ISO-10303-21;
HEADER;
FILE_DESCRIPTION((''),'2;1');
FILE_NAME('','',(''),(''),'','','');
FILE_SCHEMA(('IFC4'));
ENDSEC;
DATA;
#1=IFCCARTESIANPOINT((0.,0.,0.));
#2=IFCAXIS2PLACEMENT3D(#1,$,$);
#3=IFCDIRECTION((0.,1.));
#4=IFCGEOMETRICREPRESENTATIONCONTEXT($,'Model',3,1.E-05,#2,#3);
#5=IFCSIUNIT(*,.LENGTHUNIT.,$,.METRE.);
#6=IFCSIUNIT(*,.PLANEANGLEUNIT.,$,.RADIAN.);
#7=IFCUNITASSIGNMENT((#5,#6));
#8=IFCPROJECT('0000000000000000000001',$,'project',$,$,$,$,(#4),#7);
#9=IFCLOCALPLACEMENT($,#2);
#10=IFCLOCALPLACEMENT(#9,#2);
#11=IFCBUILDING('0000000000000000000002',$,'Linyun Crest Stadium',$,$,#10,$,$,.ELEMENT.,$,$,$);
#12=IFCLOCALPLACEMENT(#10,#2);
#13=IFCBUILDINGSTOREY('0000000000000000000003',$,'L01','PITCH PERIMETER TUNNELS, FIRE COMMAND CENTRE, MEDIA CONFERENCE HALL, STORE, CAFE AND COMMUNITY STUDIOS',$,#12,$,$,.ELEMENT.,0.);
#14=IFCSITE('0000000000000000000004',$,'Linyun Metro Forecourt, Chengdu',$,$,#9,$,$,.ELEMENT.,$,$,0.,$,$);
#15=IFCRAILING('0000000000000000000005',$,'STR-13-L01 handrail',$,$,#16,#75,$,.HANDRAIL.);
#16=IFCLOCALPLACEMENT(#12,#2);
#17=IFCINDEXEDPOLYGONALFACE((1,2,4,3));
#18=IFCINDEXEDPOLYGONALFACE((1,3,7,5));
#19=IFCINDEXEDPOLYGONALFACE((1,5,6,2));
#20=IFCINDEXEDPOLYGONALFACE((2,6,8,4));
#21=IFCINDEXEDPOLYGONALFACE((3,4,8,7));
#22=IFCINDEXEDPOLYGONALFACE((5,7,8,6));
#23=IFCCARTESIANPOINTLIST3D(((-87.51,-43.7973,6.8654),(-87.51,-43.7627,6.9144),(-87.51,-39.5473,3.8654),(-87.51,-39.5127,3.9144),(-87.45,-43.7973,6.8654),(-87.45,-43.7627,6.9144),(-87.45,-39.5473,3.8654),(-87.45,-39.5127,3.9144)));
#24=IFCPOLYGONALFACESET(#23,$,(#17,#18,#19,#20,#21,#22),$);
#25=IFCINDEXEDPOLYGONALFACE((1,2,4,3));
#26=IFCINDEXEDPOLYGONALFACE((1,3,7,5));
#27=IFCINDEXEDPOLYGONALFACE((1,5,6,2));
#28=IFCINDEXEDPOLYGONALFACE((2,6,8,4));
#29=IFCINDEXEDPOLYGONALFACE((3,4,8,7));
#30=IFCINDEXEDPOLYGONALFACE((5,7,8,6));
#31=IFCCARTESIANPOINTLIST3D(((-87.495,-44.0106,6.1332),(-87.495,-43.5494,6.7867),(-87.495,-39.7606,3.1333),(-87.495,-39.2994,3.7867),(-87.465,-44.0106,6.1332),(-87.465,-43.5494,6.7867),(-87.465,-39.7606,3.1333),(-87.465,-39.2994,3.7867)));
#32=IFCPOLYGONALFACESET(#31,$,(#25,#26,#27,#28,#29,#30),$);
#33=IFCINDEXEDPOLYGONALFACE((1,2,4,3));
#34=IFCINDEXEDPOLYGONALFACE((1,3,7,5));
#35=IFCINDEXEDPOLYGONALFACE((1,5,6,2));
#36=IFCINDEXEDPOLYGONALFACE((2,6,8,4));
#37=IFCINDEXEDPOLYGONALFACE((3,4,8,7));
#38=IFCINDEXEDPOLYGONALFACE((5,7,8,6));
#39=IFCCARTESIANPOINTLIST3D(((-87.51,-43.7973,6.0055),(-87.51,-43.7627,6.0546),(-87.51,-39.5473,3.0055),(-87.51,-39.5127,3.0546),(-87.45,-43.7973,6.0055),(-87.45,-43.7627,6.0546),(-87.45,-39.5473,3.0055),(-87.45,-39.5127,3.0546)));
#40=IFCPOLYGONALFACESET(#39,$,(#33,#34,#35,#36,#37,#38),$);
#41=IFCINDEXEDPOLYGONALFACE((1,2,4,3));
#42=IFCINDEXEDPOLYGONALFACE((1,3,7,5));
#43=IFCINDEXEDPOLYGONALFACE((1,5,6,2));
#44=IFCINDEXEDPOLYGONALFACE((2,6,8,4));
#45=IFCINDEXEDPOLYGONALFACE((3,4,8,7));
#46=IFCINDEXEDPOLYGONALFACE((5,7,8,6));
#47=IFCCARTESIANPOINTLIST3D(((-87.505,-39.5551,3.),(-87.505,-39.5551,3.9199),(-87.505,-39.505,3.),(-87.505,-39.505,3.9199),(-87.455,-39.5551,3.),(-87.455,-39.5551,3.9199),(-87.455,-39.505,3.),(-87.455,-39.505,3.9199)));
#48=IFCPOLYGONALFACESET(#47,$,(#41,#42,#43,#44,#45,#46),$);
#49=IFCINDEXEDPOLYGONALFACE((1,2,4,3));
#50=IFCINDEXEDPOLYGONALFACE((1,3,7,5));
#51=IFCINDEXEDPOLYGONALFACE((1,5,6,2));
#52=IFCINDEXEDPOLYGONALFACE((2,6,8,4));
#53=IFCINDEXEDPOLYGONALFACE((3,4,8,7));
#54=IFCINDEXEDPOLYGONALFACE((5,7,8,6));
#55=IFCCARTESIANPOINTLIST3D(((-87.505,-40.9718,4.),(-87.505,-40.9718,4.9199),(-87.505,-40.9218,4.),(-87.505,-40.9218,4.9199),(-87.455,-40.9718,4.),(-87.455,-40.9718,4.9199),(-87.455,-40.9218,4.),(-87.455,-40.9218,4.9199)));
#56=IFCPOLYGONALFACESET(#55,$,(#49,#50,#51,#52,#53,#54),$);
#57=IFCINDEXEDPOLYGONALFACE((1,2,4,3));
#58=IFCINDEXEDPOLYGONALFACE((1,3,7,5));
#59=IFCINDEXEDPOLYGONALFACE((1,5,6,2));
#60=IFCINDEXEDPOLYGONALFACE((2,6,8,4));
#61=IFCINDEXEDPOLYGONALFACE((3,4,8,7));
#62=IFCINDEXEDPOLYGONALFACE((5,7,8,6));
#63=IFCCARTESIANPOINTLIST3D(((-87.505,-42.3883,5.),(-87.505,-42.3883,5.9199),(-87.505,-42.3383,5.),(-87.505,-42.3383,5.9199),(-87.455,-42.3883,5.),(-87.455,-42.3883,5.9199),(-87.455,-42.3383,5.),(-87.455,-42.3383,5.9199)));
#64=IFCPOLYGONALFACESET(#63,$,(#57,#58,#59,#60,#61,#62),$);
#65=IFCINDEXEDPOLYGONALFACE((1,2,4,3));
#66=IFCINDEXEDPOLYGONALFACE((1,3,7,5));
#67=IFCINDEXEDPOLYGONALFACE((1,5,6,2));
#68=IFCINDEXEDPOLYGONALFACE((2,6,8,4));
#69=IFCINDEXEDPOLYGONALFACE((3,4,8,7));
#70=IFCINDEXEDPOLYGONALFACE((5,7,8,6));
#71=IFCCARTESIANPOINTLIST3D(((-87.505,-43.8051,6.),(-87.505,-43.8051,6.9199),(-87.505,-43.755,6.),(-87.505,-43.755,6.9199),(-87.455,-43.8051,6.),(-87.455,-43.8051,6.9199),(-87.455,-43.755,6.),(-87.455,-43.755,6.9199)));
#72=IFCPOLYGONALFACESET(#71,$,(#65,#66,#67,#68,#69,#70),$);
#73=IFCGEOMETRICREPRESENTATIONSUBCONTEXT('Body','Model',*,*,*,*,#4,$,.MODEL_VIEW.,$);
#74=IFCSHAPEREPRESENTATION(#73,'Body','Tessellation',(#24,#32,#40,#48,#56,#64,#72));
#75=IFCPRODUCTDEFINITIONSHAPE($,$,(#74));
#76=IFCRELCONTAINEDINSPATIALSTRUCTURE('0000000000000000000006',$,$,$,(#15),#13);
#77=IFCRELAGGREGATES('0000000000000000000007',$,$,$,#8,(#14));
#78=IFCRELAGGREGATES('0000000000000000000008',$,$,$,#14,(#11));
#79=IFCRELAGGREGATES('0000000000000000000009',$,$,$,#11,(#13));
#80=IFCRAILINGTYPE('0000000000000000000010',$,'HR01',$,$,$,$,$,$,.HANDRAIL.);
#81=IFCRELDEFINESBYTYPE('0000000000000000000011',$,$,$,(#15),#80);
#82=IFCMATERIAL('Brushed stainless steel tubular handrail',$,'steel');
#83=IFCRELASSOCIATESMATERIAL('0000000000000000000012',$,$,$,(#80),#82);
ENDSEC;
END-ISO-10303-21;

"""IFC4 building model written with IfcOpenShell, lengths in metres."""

from ifc_helpers import new_model, si_unit, direction, frame, origin, origin_2d, place, context, subcontext, project, spatial, rectangle, extrude, material, type_object, element, save


model = new_model("IFC4")

# Units and contexts
model_context = context("Model", 3, precision=1e-05, world=origin(), true_north=direction((0.0, 1.0)))
body_context = subcontext(model_context, "Body", "Model", "MODEL_VIEW")
ifc_project = project(units=[si_unit("LENGTHUNIT", "METRE"), si_unit("PLANEANGLEUNIT", "RADIAN")], contexts=[model_context])

# Site, building, storey
site_placement = place(None, origin())
site = spatial("IfcSite", under=ifc_project, at=site_placement, Name="Linyun Metro Forecourt, Chengdu", CompositionType="ELEMENT", RefElevation=0.0)
building_placement = place(site_placement, origin())
building = spatial("IfcBuilding", under=site, at=building_placement, Name="Linyun Crest Stadium", CompositionType="ELEMENT")
storey_placement = place(building_placement, origin())
storey = spatial("IfcBuildingStorey", under=building, at=storey_placement, Name="L01", Description="PITCH PERIMETER TUNNELS, FIRE COMMAND CENTRE, MEDIA CONFERENCE HALL, STORE, CAFE AND COMMUNITY STUDIOS", CompositionType="ELEMENT", Elevation=0.0)

# Railing
ifc_material_1 = material(Name="Brushed stainless steel tubular handrail", Category="steel")
railing_type_1 = type_object("IfcRailingType", Name="HR01", PredefinedType="HANDRAIL", material=ifc_material_1)
railing_1_placement = place(storey_placement, frame((-87.48, -39.53, 3.0)))
element("IfcRailing", 1, at=railing_1_placement, inside=storey, type_object=railing_type_1, Name="STR-13-L01 handrail", PredefinedType="HANDRAIL", context=body_context, shape_type="SweptSolid", body=[
    extrude(rectangle(XDim=0.0601, YDim=0.0601, at=origin_2d()), frame((0.0, 0.0, 0.8899), z_axis=(0.0, -0.816968, 0.576683), x_axis=(1.0, 0.0, 0.0)), (0.0, 0.0, 1.0), 5.2021),
    extrude(rectangle(XDim=0.03, YDim=0.7998, at=origin_2d()), frame((0.0, 0.0, 0.46), z_axis=(0.0, -0.816968, 0.576683), x_axis=(1.0, 0.0, 0.0)), (0.0, 0.0, 1.0), 5.2021),
    extrude(rectangle(XDim=0.0601, YDim=0.0601, at=origin_2d()), frame((0.0, 0.0, 0.03), z_axis=(0.0, -0.816968, 0.576683), x_axis=(1.0, 0.0, 0.0)), (0.0, 0.0, 1.0), 5.2021),
    extrude(rectangle(XDim=0.05, YDim=0.05, at=origin_2d()), origin(), (0.0, 0.0, 1.0), 0.9199),
    extrude(rectangle(XDim=0.05, YDim=0.05, at=origin_2d()), frame((0.0, -1.4167, 1.0)), (0.0, 0.0, 1.0), 0.9199),
    extrude(rectangle(XDim=0.05, YDim=0.05, at=origin_2d()), frame((0.0, -2.8333, 2.0)), (0.0, 0.0, 1.0), 0.9199),
    extrude(rectangle(XDim=0.05, YDim=0.05, at=origin_2d()), frame((0.0, -4.25, 3.0)), (0.0, 0.0, 1.0), 0.9199),
])

save(model, "model.ifc")
